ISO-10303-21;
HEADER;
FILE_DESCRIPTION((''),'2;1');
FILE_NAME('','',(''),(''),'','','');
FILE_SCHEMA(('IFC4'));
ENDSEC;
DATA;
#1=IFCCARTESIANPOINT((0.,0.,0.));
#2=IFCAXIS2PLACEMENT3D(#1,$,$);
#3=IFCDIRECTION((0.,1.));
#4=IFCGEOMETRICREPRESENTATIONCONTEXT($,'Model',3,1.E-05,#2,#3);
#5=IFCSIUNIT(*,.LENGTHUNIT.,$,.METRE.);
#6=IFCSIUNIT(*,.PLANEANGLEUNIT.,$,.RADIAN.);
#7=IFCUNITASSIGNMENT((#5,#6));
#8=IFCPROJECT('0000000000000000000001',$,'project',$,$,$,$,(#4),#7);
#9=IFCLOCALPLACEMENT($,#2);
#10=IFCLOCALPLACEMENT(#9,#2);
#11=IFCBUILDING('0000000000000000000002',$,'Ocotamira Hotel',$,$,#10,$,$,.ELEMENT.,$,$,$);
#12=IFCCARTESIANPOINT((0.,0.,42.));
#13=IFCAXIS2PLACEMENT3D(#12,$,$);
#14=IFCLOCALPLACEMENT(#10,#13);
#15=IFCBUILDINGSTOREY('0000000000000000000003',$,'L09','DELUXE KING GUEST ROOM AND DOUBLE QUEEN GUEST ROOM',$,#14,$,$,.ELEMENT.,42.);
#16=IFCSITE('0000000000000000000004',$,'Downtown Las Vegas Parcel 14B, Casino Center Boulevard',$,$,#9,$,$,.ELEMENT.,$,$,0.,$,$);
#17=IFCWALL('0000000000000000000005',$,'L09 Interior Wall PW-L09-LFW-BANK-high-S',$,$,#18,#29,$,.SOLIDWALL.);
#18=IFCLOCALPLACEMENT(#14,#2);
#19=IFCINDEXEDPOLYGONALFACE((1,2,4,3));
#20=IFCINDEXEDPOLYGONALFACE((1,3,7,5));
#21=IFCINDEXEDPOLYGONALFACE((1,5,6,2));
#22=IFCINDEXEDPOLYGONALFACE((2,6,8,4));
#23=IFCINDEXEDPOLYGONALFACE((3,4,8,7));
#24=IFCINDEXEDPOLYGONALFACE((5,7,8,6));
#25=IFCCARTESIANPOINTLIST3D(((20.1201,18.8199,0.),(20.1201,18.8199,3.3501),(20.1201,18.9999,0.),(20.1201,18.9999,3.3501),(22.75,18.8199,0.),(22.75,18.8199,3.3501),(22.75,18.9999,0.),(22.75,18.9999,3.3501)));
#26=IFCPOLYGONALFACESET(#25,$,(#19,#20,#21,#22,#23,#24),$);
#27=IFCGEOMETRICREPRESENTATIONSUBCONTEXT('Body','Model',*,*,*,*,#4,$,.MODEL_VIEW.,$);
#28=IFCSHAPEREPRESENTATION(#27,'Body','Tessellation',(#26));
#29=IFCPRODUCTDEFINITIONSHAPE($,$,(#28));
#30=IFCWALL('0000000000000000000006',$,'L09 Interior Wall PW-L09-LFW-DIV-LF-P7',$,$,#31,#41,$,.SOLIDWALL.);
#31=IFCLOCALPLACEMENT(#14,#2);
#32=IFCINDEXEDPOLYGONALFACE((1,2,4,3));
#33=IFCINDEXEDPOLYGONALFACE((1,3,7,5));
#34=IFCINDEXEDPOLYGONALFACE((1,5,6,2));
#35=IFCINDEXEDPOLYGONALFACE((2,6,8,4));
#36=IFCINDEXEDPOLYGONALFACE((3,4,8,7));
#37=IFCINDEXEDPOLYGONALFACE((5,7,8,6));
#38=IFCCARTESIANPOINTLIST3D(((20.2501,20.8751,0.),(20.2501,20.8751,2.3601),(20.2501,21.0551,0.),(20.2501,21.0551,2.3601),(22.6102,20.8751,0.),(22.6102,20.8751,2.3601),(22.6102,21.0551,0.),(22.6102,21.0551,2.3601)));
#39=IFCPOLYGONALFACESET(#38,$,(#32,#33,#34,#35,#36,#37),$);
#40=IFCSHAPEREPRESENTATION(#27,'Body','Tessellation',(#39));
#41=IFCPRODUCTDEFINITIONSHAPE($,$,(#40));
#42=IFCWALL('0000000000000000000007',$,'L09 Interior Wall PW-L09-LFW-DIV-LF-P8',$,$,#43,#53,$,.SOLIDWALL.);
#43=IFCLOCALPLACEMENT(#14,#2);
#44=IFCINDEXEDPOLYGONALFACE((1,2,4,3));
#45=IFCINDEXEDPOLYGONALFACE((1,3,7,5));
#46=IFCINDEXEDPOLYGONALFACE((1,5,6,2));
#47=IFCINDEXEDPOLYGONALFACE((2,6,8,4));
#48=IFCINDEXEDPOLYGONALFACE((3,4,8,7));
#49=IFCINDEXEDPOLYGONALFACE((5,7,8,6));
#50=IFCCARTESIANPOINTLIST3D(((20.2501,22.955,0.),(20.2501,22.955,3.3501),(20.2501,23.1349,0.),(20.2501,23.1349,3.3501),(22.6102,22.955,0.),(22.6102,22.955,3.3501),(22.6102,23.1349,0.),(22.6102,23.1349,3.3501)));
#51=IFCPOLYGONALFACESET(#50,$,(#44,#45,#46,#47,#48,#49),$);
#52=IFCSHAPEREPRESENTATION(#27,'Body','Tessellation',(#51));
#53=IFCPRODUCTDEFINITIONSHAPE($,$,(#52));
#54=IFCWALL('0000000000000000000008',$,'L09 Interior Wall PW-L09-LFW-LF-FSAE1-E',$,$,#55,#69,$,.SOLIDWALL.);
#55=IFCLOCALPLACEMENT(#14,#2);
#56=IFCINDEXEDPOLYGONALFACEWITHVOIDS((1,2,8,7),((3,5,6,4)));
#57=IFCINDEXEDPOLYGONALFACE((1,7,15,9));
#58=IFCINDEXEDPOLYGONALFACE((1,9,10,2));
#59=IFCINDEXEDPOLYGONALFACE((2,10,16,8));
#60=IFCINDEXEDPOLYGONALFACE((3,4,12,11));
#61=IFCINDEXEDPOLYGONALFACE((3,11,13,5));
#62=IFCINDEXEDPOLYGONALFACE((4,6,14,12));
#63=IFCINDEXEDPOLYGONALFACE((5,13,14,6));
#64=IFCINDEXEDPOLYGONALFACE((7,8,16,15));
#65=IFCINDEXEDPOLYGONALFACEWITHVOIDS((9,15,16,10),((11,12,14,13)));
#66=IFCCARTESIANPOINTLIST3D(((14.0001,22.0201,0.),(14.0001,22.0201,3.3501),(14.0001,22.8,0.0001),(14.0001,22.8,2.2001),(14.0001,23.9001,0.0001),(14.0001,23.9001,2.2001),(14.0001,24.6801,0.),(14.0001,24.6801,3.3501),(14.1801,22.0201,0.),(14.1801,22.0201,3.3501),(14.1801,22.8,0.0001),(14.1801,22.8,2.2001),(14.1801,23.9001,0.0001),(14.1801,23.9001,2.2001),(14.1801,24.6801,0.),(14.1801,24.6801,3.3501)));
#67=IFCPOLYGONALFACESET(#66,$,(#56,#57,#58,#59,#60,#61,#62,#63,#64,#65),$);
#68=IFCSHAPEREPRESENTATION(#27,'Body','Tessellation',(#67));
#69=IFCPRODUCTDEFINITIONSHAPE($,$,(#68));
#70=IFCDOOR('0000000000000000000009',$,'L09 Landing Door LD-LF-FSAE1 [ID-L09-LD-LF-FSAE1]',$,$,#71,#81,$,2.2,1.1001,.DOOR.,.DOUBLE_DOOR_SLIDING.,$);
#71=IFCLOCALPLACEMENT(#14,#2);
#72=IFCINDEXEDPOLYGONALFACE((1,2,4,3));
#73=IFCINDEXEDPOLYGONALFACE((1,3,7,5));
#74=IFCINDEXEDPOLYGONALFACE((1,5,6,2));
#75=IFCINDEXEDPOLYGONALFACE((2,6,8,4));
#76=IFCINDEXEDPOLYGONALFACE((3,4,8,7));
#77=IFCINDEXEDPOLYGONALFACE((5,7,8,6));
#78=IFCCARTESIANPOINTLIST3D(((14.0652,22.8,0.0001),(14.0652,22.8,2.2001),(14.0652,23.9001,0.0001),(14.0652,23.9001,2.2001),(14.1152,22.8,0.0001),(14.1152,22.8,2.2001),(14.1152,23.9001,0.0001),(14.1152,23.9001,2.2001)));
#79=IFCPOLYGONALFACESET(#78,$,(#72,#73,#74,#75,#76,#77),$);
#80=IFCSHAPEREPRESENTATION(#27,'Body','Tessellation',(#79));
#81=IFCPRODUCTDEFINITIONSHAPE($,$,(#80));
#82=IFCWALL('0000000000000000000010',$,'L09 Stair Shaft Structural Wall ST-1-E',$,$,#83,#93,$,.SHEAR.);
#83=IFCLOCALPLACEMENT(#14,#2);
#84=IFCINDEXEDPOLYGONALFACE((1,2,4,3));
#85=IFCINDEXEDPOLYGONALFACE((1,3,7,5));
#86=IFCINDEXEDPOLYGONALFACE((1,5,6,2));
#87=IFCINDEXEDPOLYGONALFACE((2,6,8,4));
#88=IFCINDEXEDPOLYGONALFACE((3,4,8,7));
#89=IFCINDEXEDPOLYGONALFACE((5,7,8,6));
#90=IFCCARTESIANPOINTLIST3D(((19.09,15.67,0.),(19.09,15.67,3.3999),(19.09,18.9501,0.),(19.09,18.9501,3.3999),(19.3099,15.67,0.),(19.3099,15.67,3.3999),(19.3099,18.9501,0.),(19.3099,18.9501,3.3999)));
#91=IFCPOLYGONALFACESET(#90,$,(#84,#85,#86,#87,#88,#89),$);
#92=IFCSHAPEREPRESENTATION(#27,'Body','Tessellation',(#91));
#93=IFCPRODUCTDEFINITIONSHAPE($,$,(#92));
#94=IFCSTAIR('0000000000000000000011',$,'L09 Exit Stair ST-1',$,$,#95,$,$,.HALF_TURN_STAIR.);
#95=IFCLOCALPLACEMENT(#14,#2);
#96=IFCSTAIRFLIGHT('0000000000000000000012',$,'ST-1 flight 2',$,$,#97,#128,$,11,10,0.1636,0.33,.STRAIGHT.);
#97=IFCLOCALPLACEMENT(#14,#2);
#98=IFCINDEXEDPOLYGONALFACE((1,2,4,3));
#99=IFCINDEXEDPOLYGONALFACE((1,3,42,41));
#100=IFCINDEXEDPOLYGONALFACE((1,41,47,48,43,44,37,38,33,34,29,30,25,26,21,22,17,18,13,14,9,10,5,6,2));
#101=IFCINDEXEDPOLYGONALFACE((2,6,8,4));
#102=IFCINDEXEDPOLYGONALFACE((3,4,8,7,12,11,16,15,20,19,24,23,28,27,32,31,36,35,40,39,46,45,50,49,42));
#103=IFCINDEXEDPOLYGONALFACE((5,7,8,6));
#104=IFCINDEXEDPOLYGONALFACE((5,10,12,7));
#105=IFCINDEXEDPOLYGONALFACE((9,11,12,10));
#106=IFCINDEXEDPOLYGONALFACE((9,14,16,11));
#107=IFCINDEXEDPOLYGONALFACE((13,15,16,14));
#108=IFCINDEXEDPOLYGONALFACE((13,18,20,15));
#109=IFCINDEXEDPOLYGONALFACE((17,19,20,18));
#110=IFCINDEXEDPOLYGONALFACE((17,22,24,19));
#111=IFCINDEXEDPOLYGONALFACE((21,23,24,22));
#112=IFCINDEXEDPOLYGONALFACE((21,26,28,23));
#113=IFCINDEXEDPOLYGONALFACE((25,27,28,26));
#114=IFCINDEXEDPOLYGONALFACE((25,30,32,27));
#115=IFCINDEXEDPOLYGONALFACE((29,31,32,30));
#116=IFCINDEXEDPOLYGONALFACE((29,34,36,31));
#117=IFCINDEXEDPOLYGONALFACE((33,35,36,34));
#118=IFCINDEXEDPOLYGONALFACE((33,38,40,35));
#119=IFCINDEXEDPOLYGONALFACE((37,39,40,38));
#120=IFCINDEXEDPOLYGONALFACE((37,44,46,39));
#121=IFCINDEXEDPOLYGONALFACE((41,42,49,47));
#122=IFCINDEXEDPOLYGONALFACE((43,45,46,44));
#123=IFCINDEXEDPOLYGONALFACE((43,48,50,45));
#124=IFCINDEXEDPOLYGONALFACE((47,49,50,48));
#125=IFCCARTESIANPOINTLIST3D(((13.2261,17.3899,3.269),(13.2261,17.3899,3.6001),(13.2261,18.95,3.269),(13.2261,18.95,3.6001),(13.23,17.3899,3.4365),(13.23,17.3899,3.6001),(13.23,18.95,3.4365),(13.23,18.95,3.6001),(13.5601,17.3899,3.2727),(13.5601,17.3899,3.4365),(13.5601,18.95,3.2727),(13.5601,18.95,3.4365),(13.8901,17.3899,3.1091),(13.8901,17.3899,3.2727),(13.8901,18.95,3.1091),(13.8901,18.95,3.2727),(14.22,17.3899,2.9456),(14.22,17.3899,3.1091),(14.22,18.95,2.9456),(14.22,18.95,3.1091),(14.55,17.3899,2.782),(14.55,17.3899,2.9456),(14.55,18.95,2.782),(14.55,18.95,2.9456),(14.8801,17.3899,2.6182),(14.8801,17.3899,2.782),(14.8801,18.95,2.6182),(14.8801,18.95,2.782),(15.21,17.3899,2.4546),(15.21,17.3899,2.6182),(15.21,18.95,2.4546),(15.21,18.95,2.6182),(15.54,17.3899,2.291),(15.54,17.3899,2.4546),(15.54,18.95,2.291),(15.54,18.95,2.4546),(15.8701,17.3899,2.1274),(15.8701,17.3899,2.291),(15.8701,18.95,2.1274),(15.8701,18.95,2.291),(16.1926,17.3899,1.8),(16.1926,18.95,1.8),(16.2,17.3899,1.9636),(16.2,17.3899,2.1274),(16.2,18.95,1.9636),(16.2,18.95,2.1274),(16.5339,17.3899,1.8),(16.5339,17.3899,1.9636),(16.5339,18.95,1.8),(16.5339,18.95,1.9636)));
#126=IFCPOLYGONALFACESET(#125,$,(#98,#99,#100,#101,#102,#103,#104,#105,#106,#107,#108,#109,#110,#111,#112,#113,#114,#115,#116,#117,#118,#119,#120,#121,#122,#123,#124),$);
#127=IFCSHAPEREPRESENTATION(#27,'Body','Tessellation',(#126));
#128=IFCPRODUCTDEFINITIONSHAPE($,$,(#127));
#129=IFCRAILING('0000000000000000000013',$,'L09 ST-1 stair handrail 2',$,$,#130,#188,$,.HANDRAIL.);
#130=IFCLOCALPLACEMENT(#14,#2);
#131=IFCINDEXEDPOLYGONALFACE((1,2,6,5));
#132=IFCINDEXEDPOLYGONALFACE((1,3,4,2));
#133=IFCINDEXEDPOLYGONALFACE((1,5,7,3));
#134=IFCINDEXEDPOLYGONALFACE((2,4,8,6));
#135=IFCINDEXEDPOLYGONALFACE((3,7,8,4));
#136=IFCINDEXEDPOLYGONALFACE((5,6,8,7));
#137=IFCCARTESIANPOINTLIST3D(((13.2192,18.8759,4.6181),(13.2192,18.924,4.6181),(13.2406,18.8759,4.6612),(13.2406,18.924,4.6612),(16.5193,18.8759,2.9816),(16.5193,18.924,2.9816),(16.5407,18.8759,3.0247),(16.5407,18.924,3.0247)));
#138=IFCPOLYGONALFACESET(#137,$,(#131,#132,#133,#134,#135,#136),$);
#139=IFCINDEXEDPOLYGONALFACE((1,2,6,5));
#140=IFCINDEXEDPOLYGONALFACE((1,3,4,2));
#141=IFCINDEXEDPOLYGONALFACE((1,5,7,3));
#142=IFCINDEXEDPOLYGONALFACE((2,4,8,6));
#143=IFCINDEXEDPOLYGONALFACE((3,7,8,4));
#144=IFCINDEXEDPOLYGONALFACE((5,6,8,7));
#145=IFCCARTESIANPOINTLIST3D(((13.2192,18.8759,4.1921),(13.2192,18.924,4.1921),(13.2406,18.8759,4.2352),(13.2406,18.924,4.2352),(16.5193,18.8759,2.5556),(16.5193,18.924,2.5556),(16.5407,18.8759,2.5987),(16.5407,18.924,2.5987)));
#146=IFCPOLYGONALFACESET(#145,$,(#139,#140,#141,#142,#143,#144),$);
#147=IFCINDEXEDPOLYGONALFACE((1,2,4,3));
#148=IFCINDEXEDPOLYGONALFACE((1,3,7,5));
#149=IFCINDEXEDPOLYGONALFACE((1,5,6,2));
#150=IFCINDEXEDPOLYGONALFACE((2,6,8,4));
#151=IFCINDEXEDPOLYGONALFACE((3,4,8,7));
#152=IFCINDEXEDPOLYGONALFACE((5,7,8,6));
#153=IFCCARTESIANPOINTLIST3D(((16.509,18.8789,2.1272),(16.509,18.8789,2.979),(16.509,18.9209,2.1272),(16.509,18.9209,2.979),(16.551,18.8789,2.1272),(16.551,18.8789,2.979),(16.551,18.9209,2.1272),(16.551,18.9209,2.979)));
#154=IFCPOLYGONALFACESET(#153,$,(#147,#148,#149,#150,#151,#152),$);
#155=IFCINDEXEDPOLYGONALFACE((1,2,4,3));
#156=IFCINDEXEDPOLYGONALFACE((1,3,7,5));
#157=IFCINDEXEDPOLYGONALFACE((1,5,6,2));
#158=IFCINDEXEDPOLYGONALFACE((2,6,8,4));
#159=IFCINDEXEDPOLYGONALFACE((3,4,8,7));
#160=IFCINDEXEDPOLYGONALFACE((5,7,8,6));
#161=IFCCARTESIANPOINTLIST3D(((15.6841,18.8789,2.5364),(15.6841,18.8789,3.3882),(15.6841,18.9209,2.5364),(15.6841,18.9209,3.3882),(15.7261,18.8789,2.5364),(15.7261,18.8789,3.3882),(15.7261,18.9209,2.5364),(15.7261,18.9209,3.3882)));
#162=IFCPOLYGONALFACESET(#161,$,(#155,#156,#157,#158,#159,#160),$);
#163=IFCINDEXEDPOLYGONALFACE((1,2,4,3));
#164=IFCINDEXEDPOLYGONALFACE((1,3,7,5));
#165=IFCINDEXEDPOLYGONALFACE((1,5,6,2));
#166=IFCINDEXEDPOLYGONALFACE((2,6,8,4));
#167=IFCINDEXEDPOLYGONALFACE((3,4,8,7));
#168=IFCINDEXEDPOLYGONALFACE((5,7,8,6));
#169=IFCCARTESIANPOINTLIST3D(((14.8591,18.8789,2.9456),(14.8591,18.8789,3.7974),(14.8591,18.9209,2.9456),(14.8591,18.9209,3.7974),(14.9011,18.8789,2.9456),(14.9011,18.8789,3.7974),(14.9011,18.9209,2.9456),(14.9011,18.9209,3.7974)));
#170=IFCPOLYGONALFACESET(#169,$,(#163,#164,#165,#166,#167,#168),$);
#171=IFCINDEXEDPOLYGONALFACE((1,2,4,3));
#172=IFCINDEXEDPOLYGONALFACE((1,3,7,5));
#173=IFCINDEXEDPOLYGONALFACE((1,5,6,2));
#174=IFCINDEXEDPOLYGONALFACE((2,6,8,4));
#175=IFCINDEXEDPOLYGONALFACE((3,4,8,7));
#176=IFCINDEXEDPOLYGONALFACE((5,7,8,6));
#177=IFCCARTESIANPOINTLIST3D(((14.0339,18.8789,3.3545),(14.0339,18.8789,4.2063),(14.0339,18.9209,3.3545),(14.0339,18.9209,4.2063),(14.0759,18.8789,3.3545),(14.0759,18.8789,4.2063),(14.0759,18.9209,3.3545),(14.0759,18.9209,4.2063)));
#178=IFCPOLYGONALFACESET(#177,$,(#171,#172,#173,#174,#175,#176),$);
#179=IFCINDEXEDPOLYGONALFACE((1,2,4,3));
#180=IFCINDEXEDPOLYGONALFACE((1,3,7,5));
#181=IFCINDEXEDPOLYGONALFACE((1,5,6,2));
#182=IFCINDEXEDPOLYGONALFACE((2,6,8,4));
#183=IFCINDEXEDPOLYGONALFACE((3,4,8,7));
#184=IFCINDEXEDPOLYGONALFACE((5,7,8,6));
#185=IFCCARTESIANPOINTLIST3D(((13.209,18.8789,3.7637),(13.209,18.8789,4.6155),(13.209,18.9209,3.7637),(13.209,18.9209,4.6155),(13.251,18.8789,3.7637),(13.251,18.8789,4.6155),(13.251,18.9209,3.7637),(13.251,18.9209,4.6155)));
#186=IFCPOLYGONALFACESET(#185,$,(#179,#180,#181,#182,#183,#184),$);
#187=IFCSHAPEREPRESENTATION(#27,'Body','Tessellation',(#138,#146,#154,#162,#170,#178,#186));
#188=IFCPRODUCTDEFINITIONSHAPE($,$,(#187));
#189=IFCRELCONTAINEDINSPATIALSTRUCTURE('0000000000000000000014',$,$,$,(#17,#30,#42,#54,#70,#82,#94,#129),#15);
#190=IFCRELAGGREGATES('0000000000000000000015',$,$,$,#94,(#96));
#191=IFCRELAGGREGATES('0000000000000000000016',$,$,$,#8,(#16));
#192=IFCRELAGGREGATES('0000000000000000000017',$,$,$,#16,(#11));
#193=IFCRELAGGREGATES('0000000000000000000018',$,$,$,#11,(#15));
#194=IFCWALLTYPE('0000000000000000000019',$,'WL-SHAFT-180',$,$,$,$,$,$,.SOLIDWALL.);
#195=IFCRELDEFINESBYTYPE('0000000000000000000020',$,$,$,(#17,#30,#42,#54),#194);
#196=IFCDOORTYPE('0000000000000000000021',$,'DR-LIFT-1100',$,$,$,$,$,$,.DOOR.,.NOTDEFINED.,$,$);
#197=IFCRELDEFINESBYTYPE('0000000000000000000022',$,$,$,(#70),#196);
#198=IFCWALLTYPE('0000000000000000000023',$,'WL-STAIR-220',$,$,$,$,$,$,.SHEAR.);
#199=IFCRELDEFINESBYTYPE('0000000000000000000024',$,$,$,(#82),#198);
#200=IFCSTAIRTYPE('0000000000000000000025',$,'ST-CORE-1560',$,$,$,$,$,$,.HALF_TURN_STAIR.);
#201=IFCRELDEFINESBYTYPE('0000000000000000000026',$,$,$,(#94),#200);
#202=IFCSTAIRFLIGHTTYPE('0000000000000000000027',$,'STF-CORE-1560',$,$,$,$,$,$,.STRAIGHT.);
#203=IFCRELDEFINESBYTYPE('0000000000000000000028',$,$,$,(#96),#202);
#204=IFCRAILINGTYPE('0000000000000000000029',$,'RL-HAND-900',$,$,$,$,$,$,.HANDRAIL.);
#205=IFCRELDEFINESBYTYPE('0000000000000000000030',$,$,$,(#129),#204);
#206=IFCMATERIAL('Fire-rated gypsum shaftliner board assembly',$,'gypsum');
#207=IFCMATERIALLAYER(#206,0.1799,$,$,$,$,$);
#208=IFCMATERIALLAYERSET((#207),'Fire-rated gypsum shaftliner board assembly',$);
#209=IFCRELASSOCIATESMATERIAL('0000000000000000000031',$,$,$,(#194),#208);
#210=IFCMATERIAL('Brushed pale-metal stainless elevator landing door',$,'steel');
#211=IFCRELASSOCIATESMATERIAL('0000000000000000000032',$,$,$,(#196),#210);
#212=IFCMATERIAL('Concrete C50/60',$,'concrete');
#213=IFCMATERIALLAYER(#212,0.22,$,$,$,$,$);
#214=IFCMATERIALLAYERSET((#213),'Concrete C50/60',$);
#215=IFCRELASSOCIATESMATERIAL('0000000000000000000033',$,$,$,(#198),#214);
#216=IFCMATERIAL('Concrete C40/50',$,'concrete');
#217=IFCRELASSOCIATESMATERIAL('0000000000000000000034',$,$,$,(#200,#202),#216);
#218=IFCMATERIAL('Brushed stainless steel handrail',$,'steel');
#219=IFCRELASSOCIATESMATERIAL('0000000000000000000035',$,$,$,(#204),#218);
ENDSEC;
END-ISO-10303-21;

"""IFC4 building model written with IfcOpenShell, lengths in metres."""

from ifc_helpers import new_model, si_unit, direction, frame, frame_2d, origin, origin_2d, place, context, subcontext, project, spatial, polyline, rectangle, outline, extrude, source, transform, mapped, material, layer, layer_set, type_object, element, fill, aggregate, save


model = new_model("IFC4")

# Units and contexts
model_context = context("Model", 3, precision=1e-05, world=origin(), true_north=direction((0.0, 1.0)))
body_context = subcontext(model_context, "Body", "Model", "MODEL_VIEW")
ifc_project = project(units=[si_unit("LENGTHUNIT", "METRE"), si_unit("PLANEANGLEUNIT", "RADIAN")], contexts=[model_context])

# Site, building, storey
site_placement = place(None, origin())
site = spatial("IfcSite", under=ifc_project, at=site_placement, Name="Downtown Las Vegas Parcel 14B, Casino Center Boulevard", CompositionType="ELEMENT", RefElevation=0.0)
building_placement = place(site_placement, origin())
building = spatial("IfcBuilding", under=site, at=building_placement, Name="Ocotamira Hotel", CompositionType="ELEMENT")
storey_placement = place(building_placement, frame((0.0, 0.0, 42.0)))
storey = spatial("IfcBuildingStorey", under=building, at=storey_placement, Name="L09", Description="DELUXE KING GUEST ROOM AND DOUBLE QUEEN GUEST ROOM", CompositionType="ELEMENT", Elevation=42.0)

# Walls
ifc_material_1 = material(Name="Fire-rated gypsum shaftliner board assembly", Category="gypsum")
ifc_layer_1 = layer(ifc_material_1, 0.1799)
ifc_layer_set_1 = layer_set([ifc_layer_1], Name="Fire-rated gypsum shaftliner board assembly")
wall_type_1 = type_object("IfcWallType", Name="WL-SHAFT-180", PredefinedType="SOLIDWALL", material=ifc_layer_set_1)
wall_1_placement = place(storey_placement, frame((20.1201, 18.9099, 0.0), z_axis=(0.0, 0.0, 1.0), x_axis=(1.0, 0.0, 0.0)))
element("IfcWall", 1, at=wall_1_placement, inside=storey, type_object=wall_type_1, Name="L09 Interior Wall PW-L09-LFW-BANK-high-S", PredefinedType="SOLIDWALL", context=body_context, shape_type="SweptSolid", body=[
    extrude(rectangle(XDim=2.6299, YDim=0.1799, at=frame_2d((1.3149, 0.0))), origin(), (0.0, 0.0, 1.0), 3.3501),
])
wall_2_placement = place(storey_placement, frame((20.25, 20.9651, 0.0), z_axis=(0.0, 0.0, 1.0), x_axis=(1.0, 0.0, 0.0)))
element("IfcWall", 2, at=wall_2_placement, inside=storey, type_object=wall_type_1, Name="L09 Interior Wall PW-L09-LFW-DIV-LF-P7", PredefinedType="SOLIDWALL", context=body_context, shape_type="SweptSolid", body=[
    extrude(rectangle(XDim=2.3601, YDim=0.1799, at=frame_2d((1.1802, 0.0))), origin(), (0.0, 0.0, 1.0), 2.3601),
])
wall_3_placement = place(storey_placement, frame((20.25, 23.0449, 0.0), z_axis=(0.0, 0.0, 1.0), x_axis=(1.0, 0.0, 0.0)))
element("IfcWall", 3, at=wall_3_placement, inside=storey, type_object=wall_type_1, Name="L09 Interior Wall PW-L09-LFW-DIV-LF-P8", PredefinedType="SOLIDWALL", context=body_context, shape_type="SweptSolid", body=[
    extrude(rectangle(XDim=2.3601, YDim=0.1799, at=frame_2d((1.1802, 0.0))), origin(), (0.0, 0.0, 1.0), 3.3501),
])

# Wall, opening, door
wall_4_placement = place(storey_placement, frame((14.0901, 22.02, 0.0), z_axis=(0.0, 0.0, 1.0), x_axis=(0.0, 1.0, 0.0)))
wall_4 = element("IfcWall", 4, at=wall_4_placement, inside=storey, type_object=wall_type_1, Name="L09 Interior Wall PW-L09-LFW-LF-FSAE1-E", PredefinedType="SOLIDWALL", context=body_context, shape_type="SweptSolid", body=[
    extrude(rectangle(XDim=2.6599, YDim=0.1799, at=frame_2d((1.3301, 0.0))), origin(), (0.0, 0.0, 1.0), 3.3501),
])
opening_1_placement = place(wall_4_placement, frame((0.78, 0.0, 0.0)))
opening_1 = element("IfcOpeningElement", 5, at=opening_1_placement, cuts=wall_4, PredefinedType="OPENING", context=body_context, shape_type="SweptSolid", body=[
    extrude(rectangle(XDim=1.1001, YDim=2.2, at=frame_2d((0.55, 1.1001))), frame((0.0, 0.1001, 0.0), z_axis=(0.0, -1.0, 0.0), x_axis=(1.0, 0.0, 0.0)), (0.0, 0.0, 1.0), 0.2),
])
ifc_material_2 = material(Name="Brushed pale-metal stainless elevator landing door", Category="steel")
door_type_1 = type_object("IfcDoorType", Name="DR-LIFT-1100", OperationType="NOTDEFINED", PredefinedType="DOOR", material=ifc_material_2)
shared_shape_1 = source(origin(), body_context, "Body", "SweptSolid", [
    extrude(rectangle(XDim=1.1001, YDim=2.2, at=frame_2d((0.55, 1.1001))), frame((0.0, 0.0249, 0.0), z_axis=(0.0, -1.0, 0.0), x_axis=(1.0, 0.0, 0.0)), (0.0, 0.0, 1.0), 0.05),
])
door_1_placement = place(opening_1_placement, origin())
door_1 = element("IfcDoor", 6, at=door_1_placement, inside=storey, type_object=door_type_1, Name="L09 Landing Door LD-LF-FSAE1 [ID-L09-LD-LF-FSAE1]", OperationType="DOUBLE_DOOR_SLIDING", OverallHeight=2.2, OverallWidth=1.1001, PredefinedType="DOOR", context=body_context, shape_type="MappedRepresentation", body=[
    mapped(shared_shape_1, transform((0.0, 0.0, 0.0), scale=1.0)),
])
fill(opening_1, door_1)

# Wall
ifc_material_3 = material(Name="Concrete C50/60", Category="concrete")
ifc_layer_2 = layer(ifc_material_3, 0.22)
ifc_layer_set_2 = layer_set([ifc_layer_2], Name="Concrete C50/60")
wall_type_2 = type_object("IfcWallType", Name="WL-STAIR-220", PredefinedType="SHEAR", material=ifc_layer_set_2)
wall_5_placement = place(storey_placement, frame((19.2, 15.6699, 0.0), z_axis=(0.0, 0.0, 1.0), x_axis=(0.0, 1.0, 0.0)))
element("IfcWall", 7, at=wall_5_placement, inside=storey, type_object=wall_type_2, Name="L09 Stair Shaft Structural Wall ST-1-E", PredefinedType="SHEAR", context=body_context, shape_type="SweptSolid", body=[
    extrude(rectangle(XDim=3.28, YDim=0.22, at=frame_2d((1.6401, 0.0))), origin(), (0.0, 0.0, 1.0), 3.3999),
])

# Stair, stair flight
ifc_material_4 = material(Name="Concrete C40/50", Category="concrete")
stair_type = type_object("IfcStairType", Name="ST-CORE-1560", PredefinedType="HALF_TURN_STAIR", material=ifc_material_4)
stair_placement = place(storey_placement, origin())
stair = element("IfcStair", 8, at=stair_placement, inside=storey, type_object=stair_type, Name="L09 Exit Stair ST-1", PredefinedType="HALF_TURN_STAIR")
stair_flight_type = type_object("IfcStairFlightType", Name="STF-CORE-1560", PredefinedType="STRAIGHT", material=ifc_material_4)
shared_shape_2 = source(origin(), body_context, "Body", "SweptSolid", [
    extrude(outline(polyline([(-0.0039, 0.0), (-0.0039, 0.1636), (0.3301, 0.1636), (0.3301, 0.3274), (0.6599, 0.3274), (0.6599, 0.491), (0.99, 0.491), (0.99, 0.6545), (1.3201, 0.6545), (1.3201, 0.8181), (1.6499, 0.8181), (1.6499, 0.9819), (1.98, 0.9819), (1.98, 1.1455), (2.3101, 1.1455), (2.3101, 1.3091), (2.6399, 1.3091), (2.6399, 1.4727), (2.97, 1.4727), (2.97, 1.6365), (3.3, 1.6365), (3.3, 1.8), (3.304, 1.8), (3.304, 1.469), (0.3374, 0.0), (-0.0039, 0.0)])), frame((0.0, 0.78, 0.0), z_axis=(0.0, -1.0, 0.0), x_axis=(1.0, 0.0, 0.0)), (0.0, 0.0, 1.0), 1.5601),
])
stair_flight_placement = place(storey_placement, frame((16.53, 18.1699, 1.8), z_axis=(0.0, 0.0, 1.0), x_axis=(-1.0, 0.0, 0.0)))
stair_flight = element("IfcStairFlight", 9, at=stair_flight_placement, type_object=stair_flight_type, Name="ST-1 flight 2", NumberOfRisers=11, NumberOfTreads=10, PredefinedType="STRAIGHT", RiserHeight=0.1636, TreadLength=0.33, context=body_context, shape_type="MappedRepresentation", body=[
    mapped(shared_shape_2, transform((0.0, 0.0, 0.0), scale=1.0)),
])
aggregate(stair, [stair_flight])

# Railing
ifc_material_5 = material(Name="Brushed stainless steel handrail", Category="steel")
railing_type_1 = type_object("IfcRailingType", Name="RL-HAND-900", PredefinedType="HANDRAIL", material=ifc_material_5)
railing_1_placement = place(storey_placement, frame((16.53, 18.8999, 2.1272)))
element("IfcRailing", 10, at=railing_1_placement, inside=storey, type_object=railing_type_1, Name="L09 ST-1 stair handrail 2", PredefinedType="HANDRAIL", context=body_context, shape_type="SweptSolid", body=[
    extrude(rectangle(XDim=0.0481, YDim=0.0481, at=origin_2d()), frame((0.0, 0.0, 0.876), z_axis=(-0.895894, 0.0, 0.444268), x_axis=(0.0, -1.0, 0.0)), (0.0, 0.0, 1.0), 3.6836),
    extrude(rectangle(XDim=0.0481, YDim=0.0481, at=origin_2d()), frame((0.0, 0.0, 0.45), z_axis=(-0.895894, 0.0, 0.444268), x_axis=(0.0, -1.0, 0.0)), (0.0, 0.0, 1.0), 3.6836),
    extrude(rectangle(XDim=0.042, YDim=0.042, at=origin_2d()), origin(), (0.0, 0.0, 1.0), 0.8518),
    extrude(rectangle(XDim=0.042, YDim=0.042, at=origin_2d()), frame((-0.825, 0.0, 0.4092)), (0.0, 0.0, 1.0), 0.8518),
    extrude(rectangle(XDim=0.042, YDim=0.042, at=origin_2d()), frame((-1.6499, 0.0, 0.8184)), (0.0, 0.0, 1.0), 0.8518),
    extrude(rectangle(XDim=0.042, YDim=0.042, at=origin_2d()), frame((-2.4751, 0.0, 1.2273)), (0.0, 0.0, 1.0), 0.8518),
    extrude(rectangle(XDim=0.042, YDim=0.042, at=origin_2d()), frame((-3.3, 0.0, 1.6365)), (0.0, 0.0, 1.0), 0.8518),
])

save(model, "model.ifc")
